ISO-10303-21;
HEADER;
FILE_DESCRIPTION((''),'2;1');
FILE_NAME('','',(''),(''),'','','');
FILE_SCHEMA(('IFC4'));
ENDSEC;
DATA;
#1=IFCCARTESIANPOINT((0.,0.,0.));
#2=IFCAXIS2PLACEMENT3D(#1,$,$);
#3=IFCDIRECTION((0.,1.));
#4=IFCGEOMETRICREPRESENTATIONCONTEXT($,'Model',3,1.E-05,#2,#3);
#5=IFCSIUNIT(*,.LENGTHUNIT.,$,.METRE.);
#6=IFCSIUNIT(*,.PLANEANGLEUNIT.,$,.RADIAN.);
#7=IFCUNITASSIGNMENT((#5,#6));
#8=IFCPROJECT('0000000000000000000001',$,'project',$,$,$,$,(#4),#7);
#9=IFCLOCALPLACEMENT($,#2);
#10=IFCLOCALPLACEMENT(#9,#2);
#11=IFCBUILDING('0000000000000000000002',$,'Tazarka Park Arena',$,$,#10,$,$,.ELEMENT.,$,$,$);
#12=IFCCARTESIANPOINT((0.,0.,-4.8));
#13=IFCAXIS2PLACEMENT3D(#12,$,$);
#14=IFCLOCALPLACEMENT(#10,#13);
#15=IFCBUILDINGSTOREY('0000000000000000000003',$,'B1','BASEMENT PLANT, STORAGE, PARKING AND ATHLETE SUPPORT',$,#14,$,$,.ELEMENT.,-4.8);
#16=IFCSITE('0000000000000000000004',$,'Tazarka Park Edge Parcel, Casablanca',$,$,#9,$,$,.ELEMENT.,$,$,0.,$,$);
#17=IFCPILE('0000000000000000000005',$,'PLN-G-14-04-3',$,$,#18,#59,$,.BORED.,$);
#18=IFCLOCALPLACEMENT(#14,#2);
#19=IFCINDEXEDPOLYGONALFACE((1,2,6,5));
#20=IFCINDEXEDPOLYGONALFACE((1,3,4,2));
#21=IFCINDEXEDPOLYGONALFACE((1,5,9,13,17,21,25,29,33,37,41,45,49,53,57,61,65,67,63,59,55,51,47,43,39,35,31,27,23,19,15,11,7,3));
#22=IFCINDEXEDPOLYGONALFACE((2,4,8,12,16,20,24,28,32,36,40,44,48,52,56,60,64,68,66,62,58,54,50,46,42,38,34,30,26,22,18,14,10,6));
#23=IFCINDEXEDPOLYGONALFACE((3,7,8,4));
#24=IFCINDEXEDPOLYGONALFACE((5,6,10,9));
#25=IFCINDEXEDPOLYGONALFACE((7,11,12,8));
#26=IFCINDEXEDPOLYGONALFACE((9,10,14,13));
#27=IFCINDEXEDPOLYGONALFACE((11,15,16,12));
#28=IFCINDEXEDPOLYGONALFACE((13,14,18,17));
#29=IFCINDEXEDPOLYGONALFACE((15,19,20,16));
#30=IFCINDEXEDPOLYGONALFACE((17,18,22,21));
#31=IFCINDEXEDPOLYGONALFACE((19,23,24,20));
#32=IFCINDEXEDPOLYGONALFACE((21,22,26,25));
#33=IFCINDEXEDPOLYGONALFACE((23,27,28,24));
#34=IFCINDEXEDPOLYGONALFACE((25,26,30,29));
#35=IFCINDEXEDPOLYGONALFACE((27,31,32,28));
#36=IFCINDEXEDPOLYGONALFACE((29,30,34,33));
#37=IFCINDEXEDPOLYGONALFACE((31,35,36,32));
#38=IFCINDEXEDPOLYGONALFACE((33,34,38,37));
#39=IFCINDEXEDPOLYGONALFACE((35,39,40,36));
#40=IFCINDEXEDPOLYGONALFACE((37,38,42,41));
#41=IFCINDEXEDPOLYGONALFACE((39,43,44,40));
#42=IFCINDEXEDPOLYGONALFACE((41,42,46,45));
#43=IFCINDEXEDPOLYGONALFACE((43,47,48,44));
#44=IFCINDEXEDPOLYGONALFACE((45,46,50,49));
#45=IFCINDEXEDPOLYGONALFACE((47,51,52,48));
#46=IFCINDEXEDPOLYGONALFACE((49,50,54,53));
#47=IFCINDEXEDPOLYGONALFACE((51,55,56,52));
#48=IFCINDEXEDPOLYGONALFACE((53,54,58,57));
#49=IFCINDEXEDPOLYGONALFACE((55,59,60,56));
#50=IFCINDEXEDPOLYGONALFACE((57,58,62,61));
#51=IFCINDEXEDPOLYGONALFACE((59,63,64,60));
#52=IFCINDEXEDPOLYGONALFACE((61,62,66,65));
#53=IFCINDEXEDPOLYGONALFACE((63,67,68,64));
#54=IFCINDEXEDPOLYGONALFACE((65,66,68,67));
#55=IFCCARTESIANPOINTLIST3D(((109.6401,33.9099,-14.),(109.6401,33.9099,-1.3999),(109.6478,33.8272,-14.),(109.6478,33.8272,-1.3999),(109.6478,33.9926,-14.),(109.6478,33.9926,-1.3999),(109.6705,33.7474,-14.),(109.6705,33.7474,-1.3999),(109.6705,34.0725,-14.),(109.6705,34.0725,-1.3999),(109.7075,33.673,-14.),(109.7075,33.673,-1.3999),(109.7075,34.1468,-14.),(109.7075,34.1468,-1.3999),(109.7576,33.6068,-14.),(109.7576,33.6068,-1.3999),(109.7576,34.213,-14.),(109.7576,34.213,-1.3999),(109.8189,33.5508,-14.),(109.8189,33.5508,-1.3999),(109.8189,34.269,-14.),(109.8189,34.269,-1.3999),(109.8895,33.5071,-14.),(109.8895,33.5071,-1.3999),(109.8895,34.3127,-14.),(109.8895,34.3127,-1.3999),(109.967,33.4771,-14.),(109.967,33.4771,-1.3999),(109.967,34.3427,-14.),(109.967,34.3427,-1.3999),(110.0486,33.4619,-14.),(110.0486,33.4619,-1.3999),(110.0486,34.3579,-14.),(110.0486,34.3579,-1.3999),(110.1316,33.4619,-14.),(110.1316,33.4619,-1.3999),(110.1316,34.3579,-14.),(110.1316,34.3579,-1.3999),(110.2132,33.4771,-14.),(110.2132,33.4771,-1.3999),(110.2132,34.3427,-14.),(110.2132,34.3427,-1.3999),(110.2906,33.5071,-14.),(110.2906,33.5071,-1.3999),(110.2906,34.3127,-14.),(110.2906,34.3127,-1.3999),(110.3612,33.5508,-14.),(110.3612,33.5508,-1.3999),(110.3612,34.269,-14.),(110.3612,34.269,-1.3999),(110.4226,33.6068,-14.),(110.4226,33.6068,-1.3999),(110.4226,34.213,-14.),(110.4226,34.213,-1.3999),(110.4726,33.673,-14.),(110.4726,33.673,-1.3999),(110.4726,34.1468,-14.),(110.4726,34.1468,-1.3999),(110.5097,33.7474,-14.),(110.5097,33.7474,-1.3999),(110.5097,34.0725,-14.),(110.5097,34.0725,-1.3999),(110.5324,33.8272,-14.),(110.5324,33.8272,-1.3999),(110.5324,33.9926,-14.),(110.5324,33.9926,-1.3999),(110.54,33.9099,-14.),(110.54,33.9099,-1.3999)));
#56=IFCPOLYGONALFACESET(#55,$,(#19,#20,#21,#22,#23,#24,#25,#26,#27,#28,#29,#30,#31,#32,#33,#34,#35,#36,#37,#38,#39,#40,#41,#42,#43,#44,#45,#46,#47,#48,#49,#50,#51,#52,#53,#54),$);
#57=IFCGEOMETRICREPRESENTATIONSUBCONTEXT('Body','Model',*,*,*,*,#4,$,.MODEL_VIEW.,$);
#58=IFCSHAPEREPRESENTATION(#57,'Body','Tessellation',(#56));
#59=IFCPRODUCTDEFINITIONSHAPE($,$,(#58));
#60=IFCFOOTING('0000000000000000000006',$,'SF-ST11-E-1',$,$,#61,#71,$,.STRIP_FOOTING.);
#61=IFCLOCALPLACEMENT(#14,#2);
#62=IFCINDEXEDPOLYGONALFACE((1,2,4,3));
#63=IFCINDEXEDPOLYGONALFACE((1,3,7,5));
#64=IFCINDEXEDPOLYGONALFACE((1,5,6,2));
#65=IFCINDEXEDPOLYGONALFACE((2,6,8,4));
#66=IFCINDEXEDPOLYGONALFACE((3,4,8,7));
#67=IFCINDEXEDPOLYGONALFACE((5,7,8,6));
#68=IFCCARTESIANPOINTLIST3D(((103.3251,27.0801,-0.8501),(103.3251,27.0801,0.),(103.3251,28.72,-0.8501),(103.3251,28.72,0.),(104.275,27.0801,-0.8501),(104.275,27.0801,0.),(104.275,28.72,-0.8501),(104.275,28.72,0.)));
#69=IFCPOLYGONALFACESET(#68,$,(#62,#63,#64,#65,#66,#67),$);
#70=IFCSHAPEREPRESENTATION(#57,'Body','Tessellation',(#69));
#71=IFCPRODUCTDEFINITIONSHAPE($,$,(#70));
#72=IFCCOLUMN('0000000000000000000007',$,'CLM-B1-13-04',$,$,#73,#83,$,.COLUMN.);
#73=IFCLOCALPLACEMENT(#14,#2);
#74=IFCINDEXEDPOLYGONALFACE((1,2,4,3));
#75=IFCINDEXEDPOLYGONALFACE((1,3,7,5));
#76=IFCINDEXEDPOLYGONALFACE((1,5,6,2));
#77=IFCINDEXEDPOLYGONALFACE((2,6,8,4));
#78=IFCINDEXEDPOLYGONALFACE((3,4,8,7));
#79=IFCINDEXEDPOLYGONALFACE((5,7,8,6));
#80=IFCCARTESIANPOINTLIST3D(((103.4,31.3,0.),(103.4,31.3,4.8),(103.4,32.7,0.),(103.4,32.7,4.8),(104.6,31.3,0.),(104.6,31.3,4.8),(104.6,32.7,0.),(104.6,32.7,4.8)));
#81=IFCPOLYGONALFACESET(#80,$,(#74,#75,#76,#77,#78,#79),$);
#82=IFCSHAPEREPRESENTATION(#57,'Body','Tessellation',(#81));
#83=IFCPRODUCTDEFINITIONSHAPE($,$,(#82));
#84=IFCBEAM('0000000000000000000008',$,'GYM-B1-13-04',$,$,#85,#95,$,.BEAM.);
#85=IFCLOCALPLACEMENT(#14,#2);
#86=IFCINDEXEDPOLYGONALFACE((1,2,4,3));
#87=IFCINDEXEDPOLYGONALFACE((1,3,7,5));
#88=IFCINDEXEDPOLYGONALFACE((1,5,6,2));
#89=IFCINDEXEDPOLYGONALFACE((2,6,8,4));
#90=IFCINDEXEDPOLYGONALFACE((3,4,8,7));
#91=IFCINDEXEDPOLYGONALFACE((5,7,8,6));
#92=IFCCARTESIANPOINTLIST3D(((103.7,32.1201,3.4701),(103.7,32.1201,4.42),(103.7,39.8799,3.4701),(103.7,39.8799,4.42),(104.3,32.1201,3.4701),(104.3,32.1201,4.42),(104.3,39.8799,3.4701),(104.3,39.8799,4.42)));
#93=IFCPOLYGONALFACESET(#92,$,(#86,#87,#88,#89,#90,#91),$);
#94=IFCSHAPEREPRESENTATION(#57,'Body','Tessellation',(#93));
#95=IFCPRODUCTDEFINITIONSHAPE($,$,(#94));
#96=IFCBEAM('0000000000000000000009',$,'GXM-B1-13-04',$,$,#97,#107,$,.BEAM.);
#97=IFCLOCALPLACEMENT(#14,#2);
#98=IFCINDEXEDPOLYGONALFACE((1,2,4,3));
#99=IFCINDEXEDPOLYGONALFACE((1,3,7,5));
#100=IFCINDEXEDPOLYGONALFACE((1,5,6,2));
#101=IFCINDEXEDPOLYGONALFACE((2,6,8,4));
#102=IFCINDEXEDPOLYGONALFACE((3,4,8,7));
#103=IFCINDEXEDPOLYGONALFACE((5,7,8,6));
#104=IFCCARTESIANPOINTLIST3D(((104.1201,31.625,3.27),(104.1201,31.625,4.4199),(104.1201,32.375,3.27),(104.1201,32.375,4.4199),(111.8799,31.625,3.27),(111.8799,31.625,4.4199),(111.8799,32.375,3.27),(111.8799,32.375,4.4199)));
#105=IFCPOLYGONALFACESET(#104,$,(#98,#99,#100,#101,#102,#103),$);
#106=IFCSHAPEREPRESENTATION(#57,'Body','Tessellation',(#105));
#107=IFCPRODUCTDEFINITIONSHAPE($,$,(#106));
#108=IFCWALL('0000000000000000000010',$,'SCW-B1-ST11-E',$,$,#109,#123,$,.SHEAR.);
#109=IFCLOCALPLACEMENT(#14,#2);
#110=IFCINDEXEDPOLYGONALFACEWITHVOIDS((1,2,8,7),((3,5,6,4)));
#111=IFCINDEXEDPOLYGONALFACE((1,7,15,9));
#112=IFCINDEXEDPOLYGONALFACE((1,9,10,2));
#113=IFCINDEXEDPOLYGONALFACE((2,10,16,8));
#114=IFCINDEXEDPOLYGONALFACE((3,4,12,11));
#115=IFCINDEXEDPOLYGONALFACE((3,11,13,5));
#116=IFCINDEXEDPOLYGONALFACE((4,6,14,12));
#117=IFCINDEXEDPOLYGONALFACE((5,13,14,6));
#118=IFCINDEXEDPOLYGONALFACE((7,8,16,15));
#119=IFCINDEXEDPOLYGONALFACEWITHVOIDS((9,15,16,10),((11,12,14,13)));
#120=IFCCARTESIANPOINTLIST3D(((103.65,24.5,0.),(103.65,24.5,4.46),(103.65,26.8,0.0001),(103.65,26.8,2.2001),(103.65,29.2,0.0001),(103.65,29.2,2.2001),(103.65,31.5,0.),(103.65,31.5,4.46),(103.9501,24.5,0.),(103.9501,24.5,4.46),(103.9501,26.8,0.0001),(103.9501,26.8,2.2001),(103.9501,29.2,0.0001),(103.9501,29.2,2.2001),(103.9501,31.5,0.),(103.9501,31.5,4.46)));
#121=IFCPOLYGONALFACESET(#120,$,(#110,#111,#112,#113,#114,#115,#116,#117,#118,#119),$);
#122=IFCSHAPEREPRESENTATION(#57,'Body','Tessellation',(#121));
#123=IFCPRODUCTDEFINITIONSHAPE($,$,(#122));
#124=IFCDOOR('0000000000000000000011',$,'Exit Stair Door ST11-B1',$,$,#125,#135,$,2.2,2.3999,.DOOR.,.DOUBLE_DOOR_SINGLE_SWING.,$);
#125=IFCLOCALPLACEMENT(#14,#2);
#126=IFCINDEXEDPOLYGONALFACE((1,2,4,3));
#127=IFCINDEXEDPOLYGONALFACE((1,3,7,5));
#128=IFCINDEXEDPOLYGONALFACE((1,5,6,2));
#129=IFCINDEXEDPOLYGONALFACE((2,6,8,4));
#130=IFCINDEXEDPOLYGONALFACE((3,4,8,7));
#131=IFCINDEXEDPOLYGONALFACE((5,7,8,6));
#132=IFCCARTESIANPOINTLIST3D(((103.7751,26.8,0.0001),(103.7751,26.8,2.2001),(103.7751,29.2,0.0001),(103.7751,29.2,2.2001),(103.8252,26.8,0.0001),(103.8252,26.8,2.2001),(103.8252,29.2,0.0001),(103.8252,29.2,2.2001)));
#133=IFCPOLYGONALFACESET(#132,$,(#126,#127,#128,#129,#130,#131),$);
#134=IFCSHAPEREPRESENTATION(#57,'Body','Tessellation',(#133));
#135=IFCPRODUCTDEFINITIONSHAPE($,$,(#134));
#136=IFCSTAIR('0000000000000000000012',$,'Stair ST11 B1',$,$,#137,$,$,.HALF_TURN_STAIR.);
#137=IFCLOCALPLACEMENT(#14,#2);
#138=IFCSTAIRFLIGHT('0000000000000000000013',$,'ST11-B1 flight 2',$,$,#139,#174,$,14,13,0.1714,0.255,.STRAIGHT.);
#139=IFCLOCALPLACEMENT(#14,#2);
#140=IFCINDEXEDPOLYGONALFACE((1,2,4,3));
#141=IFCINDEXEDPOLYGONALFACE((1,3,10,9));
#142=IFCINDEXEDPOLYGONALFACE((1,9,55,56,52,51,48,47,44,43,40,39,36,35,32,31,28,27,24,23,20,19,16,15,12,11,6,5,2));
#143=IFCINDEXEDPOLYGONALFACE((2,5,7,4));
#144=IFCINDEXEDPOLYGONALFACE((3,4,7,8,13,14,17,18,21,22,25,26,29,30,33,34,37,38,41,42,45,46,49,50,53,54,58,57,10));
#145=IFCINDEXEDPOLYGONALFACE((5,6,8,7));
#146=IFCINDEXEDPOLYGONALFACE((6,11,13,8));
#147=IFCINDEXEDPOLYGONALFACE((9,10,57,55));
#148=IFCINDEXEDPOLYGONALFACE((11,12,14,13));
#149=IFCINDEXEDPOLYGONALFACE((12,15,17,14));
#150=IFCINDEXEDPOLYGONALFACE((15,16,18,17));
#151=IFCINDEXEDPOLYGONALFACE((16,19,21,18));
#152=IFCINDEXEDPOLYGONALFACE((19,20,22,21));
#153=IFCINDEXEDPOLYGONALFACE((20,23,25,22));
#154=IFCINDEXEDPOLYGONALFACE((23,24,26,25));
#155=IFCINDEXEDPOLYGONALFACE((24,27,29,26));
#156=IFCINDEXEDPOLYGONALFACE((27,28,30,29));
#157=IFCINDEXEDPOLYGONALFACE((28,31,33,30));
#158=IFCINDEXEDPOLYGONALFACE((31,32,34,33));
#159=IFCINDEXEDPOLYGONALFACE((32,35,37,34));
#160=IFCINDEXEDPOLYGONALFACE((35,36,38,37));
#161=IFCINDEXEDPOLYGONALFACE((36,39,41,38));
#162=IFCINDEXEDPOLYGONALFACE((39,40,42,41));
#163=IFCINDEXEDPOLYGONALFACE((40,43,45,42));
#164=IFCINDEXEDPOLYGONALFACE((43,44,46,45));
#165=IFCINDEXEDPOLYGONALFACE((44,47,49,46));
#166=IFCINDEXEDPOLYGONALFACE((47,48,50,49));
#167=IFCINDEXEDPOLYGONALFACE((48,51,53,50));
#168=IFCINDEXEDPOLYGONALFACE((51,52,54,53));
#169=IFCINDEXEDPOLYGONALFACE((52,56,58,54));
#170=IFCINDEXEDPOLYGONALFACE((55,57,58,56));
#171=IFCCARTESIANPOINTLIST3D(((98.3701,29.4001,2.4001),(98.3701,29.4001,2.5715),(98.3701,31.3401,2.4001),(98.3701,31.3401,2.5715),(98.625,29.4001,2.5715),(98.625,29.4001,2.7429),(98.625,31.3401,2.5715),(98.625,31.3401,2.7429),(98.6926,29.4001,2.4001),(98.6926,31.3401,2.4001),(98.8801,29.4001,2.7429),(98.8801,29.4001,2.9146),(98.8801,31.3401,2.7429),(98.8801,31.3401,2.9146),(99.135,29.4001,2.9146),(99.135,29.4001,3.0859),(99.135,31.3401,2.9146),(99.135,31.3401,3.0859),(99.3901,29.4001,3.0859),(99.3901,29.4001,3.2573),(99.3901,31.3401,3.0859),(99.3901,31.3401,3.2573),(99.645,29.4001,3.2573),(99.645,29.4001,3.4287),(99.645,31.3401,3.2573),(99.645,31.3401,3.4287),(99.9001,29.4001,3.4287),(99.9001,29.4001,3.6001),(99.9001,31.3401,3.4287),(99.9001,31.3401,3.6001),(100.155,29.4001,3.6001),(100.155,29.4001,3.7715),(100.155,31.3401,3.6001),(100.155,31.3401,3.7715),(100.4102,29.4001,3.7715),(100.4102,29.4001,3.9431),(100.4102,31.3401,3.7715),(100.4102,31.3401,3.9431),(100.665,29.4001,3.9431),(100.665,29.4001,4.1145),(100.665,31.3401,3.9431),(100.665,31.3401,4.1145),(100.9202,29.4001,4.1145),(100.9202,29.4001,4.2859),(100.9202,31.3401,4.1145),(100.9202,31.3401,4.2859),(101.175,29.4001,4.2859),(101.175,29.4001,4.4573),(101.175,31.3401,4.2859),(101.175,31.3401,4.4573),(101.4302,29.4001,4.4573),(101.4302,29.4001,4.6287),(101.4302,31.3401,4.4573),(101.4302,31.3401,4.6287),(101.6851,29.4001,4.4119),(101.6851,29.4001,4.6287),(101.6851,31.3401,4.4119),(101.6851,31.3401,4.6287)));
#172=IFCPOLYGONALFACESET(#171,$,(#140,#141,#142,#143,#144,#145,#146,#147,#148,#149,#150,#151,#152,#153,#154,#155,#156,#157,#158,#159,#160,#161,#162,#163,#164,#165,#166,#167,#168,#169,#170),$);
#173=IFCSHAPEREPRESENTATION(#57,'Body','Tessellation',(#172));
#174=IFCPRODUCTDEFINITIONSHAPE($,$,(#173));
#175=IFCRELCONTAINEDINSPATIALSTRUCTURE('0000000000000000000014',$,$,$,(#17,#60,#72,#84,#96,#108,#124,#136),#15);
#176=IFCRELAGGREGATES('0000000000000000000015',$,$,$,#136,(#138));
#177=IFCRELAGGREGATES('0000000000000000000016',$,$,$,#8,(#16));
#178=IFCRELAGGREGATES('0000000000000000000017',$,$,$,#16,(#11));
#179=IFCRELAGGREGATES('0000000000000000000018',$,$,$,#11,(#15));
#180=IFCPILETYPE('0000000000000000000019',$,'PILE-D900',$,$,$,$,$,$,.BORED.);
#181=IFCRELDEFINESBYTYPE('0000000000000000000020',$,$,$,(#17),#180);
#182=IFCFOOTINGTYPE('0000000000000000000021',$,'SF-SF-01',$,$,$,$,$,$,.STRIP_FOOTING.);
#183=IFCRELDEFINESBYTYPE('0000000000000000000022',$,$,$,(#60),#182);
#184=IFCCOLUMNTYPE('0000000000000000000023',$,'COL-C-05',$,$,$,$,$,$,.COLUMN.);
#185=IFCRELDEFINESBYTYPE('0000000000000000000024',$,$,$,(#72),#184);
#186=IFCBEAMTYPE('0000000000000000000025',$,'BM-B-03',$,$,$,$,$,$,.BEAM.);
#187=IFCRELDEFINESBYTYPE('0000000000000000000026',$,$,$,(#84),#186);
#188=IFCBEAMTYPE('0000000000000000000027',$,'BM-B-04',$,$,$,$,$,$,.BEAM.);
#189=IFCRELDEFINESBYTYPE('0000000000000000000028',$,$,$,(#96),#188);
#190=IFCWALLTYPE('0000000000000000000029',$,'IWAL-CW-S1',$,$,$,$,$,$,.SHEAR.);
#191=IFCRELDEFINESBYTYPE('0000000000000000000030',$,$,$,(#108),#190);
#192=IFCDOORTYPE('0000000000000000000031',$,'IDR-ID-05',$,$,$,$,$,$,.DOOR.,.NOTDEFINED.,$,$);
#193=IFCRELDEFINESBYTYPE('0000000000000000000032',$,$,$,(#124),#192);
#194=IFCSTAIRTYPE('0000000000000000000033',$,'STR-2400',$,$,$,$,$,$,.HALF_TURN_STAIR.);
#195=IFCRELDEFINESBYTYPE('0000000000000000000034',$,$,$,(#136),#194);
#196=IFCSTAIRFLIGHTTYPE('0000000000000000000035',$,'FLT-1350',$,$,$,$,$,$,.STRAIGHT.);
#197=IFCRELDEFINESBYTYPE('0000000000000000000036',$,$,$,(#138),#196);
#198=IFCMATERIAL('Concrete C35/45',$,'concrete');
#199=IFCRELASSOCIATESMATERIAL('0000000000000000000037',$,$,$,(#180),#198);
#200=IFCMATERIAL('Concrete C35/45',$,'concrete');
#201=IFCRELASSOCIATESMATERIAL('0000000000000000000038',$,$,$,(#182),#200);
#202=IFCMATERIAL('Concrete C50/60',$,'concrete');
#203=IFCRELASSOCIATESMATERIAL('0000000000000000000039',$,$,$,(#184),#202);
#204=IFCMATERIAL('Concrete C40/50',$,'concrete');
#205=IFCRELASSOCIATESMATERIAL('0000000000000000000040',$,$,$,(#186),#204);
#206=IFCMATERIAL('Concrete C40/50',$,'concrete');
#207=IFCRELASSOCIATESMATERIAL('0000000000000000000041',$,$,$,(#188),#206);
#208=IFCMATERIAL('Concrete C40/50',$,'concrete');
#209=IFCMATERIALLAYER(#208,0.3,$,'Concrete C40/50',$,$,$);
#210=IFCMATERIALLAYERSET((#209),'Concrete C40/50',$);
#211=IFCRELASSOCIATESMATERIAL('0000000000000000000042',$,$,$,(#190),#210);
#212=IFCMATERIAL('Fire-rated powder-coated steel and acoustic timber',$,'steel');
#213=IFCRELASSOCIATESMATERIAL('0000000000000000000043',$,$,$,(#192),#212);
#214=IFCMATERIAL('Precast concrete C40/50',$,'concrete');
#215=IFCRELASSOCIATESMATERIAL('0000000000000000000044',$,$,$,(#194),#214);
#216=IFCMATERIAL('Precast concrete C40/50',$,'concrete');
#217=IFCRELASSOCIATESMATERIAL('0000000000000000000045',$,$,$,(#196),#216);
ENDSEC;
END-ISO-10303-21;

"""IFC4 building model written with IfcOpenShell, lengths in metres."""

from ifc_helpers import new_model, si_unit, direction, frame, frame_2d, origin, origin_2d, place, context, subcontext, project, spatial, polyline, rectangle, circle, outline, extrude, material, layer, layer_set, material_profile, profile_set, type_object, element, fill, aggregate, save


model = new_model("IFC4")

# Units and contexts
model_context = context("Model", 3, precision=1e-05, world=origin(), true_north=direction((0.0, 1.0)))
body_context = subcontext(model_context, "Body", "Model", "MODEL_VIEW")
ifc_project = project(units=[si_unit("LENGTHUNIT", "METRE"), si_unit("PLANEANGLEUNIT", "RADIAN")], contexts=[model_context])

# Site, building, storey
site_placement = place(None, origin())
site = spatial("IfcSite", under=ifc_project, at=site_placement, Name="Tazarka Park Edge Parcel, Casablanca", CompositionType="ELEMENT", RefElevation=0.0)
building_placement = place(site_placement, origin())
building = spatial("IfcBuilding", under=site, at=building_placement, Name="Tazarka Park Arena", CompositionType="ELEMENT")
storey_placement = place(building_placement, frame((0.0, 0.0, -4.8)))
storey = spatial("IfcBuildingStorey", under=building, at=storey_placement, Name="B1", Description="BASEMENT PLANT, STORAGE, PARKING AND ATHLETE SUPPORT", CompositionType="ELEMENT", Elevation=-4.8)

# Pile
ifc_material_1 = material(Name="Concrete C35/45", Category="concrete")
ifc_material_profile_1 = material_profile(ifc_material_1, circle(Radius=0.45, at=origin_2d()), Name="Concrete C35/45")
ifc_profile_set_1 = profile_set([ifc_material_profile_1], Name="Concrete C35/45")
pile_type_1 = type_object("IfcPileType", Name="PILE-D900", PredefinedType="BORED", material=ifc_profile_set_1)
for number, where, z_axis, x_axis, name in (
    (1, (110.0901, 33.9099, -1.3999), (0.0, 0.0, -1.0), (1.0, 0.0, 0.0), "PLN-G-14-04-3"),
):
    element("IfcPile", number, at=place(storey_placement, frame(where, z_axis=z_axis, x_axis=x_axis)), inside=storey, type_object=pile_type_1, Name=name, PredefinedType="BORED", context=body_context, shape_type="SweptSolid", body=[
        extrude(circle(Radius=0.45, at=origin_2d()), origin(), (0.0, 0.0, 1.0), 12.6001),
    ])

# Footing
ifc_material_2 = material(Name="Concrete C35/45", Category="concrete")
ifc_material_profile_2 = material_profile(ifc_material_2, rectangle(XDim=0.95, YDim=0.8501, at=origin_2d()), Name="Concrete C35/45")
ifc_profile_set_2 = profile_set([ifc_material_profile_2], Name="Concrete C35/45")
footing_type_1 = type_object("IfcFootingType", Name="SF-SF-01", PredefinedType="STRIP_FOOTING", material=ifc_profile_set_2)
footing_1_placement = place(storey_placement, frame((103.8, 28.72, -0.425), z_axis=(0.0, -1.0, 0.0), x_axis=(1.0, 0.0, 0.0)))
element("IfcFooting", 2, at=footing_1_placement, inside=storey, type_object=footing_type_1, Name="SF-ST11-E-1", PredefinedType="STRIP_FOOTING", context=body_context, shape_type="SweptSolid", body=[
    extrude(rectangle(XDim=0.95, YDim=0.8501, at=origin_2d()), origin(), (0.0, 0.0, 1.0), 1.6399),
])

# Column
ifc_material_3 = material(Name="Concrete C50/60", Category="concrete")
ifc_material_profile_3 = material_profile(ifc_material_3, rectangle(XDim=1.2, YDim=1.3999, at=origin_2d()), Name="Concrete C50/60")
ifc_profile_set_3 = profile_set([ifc_material_profile_3], Name="Concrete C50/60")
column_type = type_object("IfcColumnType", Name="COL-C-05", PredefinedType="COLUMN", material=ifc_profile_set_3)
column_placement = place(storey_placement, frame((104.0, 32.0, 0.0), z_axis=(0.0, 0.0, 1.0), x_axis=(1.0, 0.0, 0.0)))
element("IfcColumn", 3, at=column_placement, inside=storey, type_object=column_type, Name="CLM-B1-13-04", PredefinedType="COLUMN", context=body_context, shape_type="SweptSolid", body=[
    extrude(rectangle(XDim=1.2, YDim=1.3999, at=origin_2d()), origin(), (0.0, 0.0, 1.0), 4.8),
])

# Beams
ifc_material_4 = material(Name="Concrete C40/50", Category="concrete")
ifc_material_profile_4 = material_profile(ifc_material_4, rectangle(XDim=0.6001, YDim=0.95, at=origin_2d()), Name="Concrete C40/50")
ifc_profile_set_4 = profile_set([ifc_material_profile_4], Name="Concrete C40/50")
beam_type_1 = type_object("IfcBeamType", Name="BM-B-03", PredefinedType="BEAM", material=ifc_profile_set_4)
beam_1_placement = place(storey_placement, frame((104.0, 32.1201, 3.9451), z_axis=(0.0, 1.0, 0.0), x_axis=(-1.0, 0.0, 0.0)))
element("IfcBeam", 4, at=beam_1_placement, inside=storey, type_object=beam_type_1, Name="GYM-B1-13-04", PredefinedType="BEAM", context=body_context, shape_type="SweptSolid", body=[
    extrude(rectangle(XDim=0.6001, YDim=0.95, at=origin_2d()), origin(), (0.0, 0.0, 1.0), 7.7598),
])
ifc_material_5 = material(Name="Concrete C40/50", Category="concrete")
ifc_material_profile_5 = material_profile(ifc_material_5, rectangle(XDim=0.75, YDim=1.1499, at=origin_2d()), Name="Concrete C40/50")
ifc_profile_set_5 = profile_set([ifc_material_profile_5], Name="Concrete C40/50")
beam_type_2 = type_object("IfcBeamType", Name="BM-B-04", PredefinedType="BEAM", material=ifc_profile_set_5)
beam_2_placement = place(storey_placement, frame((104.1201, 32.0, 3.845), z_axis=(1.0, 0.0, 0.0), x_axis=(0.0, 1.0, 0.0)))
element("IfcBeam", 5, at=beam_2_placement, inside=storey, type_object=beam_type_2, Name="GXM-B1-13-04", PredefinedType="BEAM", context=body_context, shape_type="SweptSolid", body=[
    extrude(rectangle(XDim=0.75, YDim=1.1499, at=origin_2d()), origin(), (0.0, 0.0, 1.0), 7.7598),
])

# Wall, opening, door
ifc_material_6 = material(Name="Concrete C40/50", Category="concrete")
ifc_layer = layer(ifc_material_6, 0.3, Name="Concrete C40/50")
ifc_layer_set = layer_set([ifc_layer], Name="Concrete C40/50")
wall_type = type_object("IfcWallType", Name="IWAL-CW-S1", PredefinedType="SHEAR", material=ifc_layer_set)
wall_placement = place(storey_placement, frame((103.8, 31.5, 0.0), z_axis=(0.0, 0.0, 1.0), x_axis=(0.0, -1.0, 0.0)))
wall = element("IfcWall", 6, at=wall_placement, inside=storey, type_object=wall_type, Name="SCW-B1-ST11-E", PredefinedType="SHEAR", context=body_context, shape_type="SweptSolid", body=[
    extrude(rectangle(XDim=7.0, YDim=0.3, at=frame_2d((3.5, 0.0))), origin(), (0.0, 0.0, 1.0), 4.46),
])
opening_placement = place(wall_placement, frame((2.3, 0.0, 0.0)))
opening = element("IfcOpeningElement", 7, at=opening_placement, cuts=wall, PredefinedType="OPENING", context=body_context, shape_type="SweptSolid", body=[
    extrude(rectangle(XDim=2.3999, YDim=2.2, at=frame_2d((1.2, 1.1001))), frame((0.0, 0.1602, 0.0), z_axis=(0.0, -1.0, 0.0), x_axis=(1.0, 0.0, 0.0)), (0.0, 0.0, 1.0), 0.3201),
])
ifc_material_7 = material(Name="Fire-rated powder-coated steel and acoustic timber", Category="steel")
door_type = type_object("IfcDoorType", Name="IDR-ID-05", OperationType="NOTDEFINED", PredefinedType="DOOR", material=ifc_material_7)
door_placement = place(opening_placement, frame((2.3999, 0.0, 0.0), z_axis=(0.0, 0.0, 1.0), x_axis=(-1.0, 0.0, 0.0)))
door = element("IfcDoor", 8, at=door_placement, inside=storey, type_object=door_type, Name="Exit Stair Door ST11-B1", OperationType="DOUBLE_DOOR_SINGLE_SWING", OverallHeight=2.2, OverallWidth=2.3999, PredefinedType="DOOR", context=body_context, shape_type="SweptSolid", body=[
    extrude(rectangle(XDim=2.3999, YDim=2.2, at=frame_2d((1.2, 1.1001))), frame((0.0, 0.0249, 0.0), z_axis=(0.0, -1.0, 0.0), x_axis=(1.0, 0.0, 0.0)), (0.0, 0.0, 1.0), 0.05),
])
fill(opening, door)

# Stair, stair flight
ifc_material_8 = material(Name="Precast concrete C40/50", Category="concrete")
stair_type = type_object("IfcStairType", Name="STR-2400", PredefinedType="HALF_TURN_STAIR", material=ifc_material_8)
stair_placement = place(storey_placement, origin())
stair = element("IfcStair", 9, at=stair_placement, inside=storey, type_object=stair_type, Name="Stair ST11 B1", PredefinedType="HALF_TURN_STAIR")
ifc_material_9 = material(Name="Precast concrete C40/50", Category="concrete")
stair_flight_type = type_object("IfcStairFlightType", Name="FLT-1350", PredefinedType="STRAIGHT", material=ifc_material_9)
stair_flight_placement = place(storey_placement, frame((98.3701, 30.3701, 2.4001), z_axis=(0.0, 0.0, 1.0), x_axis=(1.0, 0.0, 0.0)))
stair_flight = element("IfcStairFlight", 10, at=stair_flight_placement, type_object=stair_flight_type, Name="ST11-B1 flight 2", NumberOfRisers=14, NumberOfTreads=13, PredefinedType="STRAIGHT", RiserHeight=0.1714, TreadLength=0.255, context=body_context, shape_type="SweptSolid", body=[
    extrude(outline(polyline([(0.0, 0.0), (0.0, 0.1714), (0.2549, 0.1714), (0.2549, 0.3428), (0.51, 0.3428), (0.51, 0.5144), (0.7649, 0.5144), (0.7649, 0.6858), (1.02, 0.6858), (1.02, 0.8572), (1.2749, 0.8572), (1.2749, 1.0286), (1.53, 1.0286), (1.53, 1.2), (1.7849, 1.2), (1.7849, 1.3713), (2.04, 1.3713), (2.04, 1.543), (2.2949, 1.543), (2.2949, 1.7144), (2.55, 1.7144), (2.55, 1.8857), (2.8049, 1.8857), (2.8049, 2.0571), (3.0601, 2.0571), (3.0601, 2.2285), (3.3149, 2.2285), (3.3149, 2.3999), (3.3149, 2.0117), (0.3225, 0.0), (0.0, 0.0)])), frame((0.0, 0.97, 0.0), z_axis=(0.0, -1.0, 0.0), x_axis=(1.0, 0.0, 0.0)), (0.0, 0.0, 1.0), 1.9399),
])
aggregate(stair, [stair_flight])

save(model, "model.ifc")
